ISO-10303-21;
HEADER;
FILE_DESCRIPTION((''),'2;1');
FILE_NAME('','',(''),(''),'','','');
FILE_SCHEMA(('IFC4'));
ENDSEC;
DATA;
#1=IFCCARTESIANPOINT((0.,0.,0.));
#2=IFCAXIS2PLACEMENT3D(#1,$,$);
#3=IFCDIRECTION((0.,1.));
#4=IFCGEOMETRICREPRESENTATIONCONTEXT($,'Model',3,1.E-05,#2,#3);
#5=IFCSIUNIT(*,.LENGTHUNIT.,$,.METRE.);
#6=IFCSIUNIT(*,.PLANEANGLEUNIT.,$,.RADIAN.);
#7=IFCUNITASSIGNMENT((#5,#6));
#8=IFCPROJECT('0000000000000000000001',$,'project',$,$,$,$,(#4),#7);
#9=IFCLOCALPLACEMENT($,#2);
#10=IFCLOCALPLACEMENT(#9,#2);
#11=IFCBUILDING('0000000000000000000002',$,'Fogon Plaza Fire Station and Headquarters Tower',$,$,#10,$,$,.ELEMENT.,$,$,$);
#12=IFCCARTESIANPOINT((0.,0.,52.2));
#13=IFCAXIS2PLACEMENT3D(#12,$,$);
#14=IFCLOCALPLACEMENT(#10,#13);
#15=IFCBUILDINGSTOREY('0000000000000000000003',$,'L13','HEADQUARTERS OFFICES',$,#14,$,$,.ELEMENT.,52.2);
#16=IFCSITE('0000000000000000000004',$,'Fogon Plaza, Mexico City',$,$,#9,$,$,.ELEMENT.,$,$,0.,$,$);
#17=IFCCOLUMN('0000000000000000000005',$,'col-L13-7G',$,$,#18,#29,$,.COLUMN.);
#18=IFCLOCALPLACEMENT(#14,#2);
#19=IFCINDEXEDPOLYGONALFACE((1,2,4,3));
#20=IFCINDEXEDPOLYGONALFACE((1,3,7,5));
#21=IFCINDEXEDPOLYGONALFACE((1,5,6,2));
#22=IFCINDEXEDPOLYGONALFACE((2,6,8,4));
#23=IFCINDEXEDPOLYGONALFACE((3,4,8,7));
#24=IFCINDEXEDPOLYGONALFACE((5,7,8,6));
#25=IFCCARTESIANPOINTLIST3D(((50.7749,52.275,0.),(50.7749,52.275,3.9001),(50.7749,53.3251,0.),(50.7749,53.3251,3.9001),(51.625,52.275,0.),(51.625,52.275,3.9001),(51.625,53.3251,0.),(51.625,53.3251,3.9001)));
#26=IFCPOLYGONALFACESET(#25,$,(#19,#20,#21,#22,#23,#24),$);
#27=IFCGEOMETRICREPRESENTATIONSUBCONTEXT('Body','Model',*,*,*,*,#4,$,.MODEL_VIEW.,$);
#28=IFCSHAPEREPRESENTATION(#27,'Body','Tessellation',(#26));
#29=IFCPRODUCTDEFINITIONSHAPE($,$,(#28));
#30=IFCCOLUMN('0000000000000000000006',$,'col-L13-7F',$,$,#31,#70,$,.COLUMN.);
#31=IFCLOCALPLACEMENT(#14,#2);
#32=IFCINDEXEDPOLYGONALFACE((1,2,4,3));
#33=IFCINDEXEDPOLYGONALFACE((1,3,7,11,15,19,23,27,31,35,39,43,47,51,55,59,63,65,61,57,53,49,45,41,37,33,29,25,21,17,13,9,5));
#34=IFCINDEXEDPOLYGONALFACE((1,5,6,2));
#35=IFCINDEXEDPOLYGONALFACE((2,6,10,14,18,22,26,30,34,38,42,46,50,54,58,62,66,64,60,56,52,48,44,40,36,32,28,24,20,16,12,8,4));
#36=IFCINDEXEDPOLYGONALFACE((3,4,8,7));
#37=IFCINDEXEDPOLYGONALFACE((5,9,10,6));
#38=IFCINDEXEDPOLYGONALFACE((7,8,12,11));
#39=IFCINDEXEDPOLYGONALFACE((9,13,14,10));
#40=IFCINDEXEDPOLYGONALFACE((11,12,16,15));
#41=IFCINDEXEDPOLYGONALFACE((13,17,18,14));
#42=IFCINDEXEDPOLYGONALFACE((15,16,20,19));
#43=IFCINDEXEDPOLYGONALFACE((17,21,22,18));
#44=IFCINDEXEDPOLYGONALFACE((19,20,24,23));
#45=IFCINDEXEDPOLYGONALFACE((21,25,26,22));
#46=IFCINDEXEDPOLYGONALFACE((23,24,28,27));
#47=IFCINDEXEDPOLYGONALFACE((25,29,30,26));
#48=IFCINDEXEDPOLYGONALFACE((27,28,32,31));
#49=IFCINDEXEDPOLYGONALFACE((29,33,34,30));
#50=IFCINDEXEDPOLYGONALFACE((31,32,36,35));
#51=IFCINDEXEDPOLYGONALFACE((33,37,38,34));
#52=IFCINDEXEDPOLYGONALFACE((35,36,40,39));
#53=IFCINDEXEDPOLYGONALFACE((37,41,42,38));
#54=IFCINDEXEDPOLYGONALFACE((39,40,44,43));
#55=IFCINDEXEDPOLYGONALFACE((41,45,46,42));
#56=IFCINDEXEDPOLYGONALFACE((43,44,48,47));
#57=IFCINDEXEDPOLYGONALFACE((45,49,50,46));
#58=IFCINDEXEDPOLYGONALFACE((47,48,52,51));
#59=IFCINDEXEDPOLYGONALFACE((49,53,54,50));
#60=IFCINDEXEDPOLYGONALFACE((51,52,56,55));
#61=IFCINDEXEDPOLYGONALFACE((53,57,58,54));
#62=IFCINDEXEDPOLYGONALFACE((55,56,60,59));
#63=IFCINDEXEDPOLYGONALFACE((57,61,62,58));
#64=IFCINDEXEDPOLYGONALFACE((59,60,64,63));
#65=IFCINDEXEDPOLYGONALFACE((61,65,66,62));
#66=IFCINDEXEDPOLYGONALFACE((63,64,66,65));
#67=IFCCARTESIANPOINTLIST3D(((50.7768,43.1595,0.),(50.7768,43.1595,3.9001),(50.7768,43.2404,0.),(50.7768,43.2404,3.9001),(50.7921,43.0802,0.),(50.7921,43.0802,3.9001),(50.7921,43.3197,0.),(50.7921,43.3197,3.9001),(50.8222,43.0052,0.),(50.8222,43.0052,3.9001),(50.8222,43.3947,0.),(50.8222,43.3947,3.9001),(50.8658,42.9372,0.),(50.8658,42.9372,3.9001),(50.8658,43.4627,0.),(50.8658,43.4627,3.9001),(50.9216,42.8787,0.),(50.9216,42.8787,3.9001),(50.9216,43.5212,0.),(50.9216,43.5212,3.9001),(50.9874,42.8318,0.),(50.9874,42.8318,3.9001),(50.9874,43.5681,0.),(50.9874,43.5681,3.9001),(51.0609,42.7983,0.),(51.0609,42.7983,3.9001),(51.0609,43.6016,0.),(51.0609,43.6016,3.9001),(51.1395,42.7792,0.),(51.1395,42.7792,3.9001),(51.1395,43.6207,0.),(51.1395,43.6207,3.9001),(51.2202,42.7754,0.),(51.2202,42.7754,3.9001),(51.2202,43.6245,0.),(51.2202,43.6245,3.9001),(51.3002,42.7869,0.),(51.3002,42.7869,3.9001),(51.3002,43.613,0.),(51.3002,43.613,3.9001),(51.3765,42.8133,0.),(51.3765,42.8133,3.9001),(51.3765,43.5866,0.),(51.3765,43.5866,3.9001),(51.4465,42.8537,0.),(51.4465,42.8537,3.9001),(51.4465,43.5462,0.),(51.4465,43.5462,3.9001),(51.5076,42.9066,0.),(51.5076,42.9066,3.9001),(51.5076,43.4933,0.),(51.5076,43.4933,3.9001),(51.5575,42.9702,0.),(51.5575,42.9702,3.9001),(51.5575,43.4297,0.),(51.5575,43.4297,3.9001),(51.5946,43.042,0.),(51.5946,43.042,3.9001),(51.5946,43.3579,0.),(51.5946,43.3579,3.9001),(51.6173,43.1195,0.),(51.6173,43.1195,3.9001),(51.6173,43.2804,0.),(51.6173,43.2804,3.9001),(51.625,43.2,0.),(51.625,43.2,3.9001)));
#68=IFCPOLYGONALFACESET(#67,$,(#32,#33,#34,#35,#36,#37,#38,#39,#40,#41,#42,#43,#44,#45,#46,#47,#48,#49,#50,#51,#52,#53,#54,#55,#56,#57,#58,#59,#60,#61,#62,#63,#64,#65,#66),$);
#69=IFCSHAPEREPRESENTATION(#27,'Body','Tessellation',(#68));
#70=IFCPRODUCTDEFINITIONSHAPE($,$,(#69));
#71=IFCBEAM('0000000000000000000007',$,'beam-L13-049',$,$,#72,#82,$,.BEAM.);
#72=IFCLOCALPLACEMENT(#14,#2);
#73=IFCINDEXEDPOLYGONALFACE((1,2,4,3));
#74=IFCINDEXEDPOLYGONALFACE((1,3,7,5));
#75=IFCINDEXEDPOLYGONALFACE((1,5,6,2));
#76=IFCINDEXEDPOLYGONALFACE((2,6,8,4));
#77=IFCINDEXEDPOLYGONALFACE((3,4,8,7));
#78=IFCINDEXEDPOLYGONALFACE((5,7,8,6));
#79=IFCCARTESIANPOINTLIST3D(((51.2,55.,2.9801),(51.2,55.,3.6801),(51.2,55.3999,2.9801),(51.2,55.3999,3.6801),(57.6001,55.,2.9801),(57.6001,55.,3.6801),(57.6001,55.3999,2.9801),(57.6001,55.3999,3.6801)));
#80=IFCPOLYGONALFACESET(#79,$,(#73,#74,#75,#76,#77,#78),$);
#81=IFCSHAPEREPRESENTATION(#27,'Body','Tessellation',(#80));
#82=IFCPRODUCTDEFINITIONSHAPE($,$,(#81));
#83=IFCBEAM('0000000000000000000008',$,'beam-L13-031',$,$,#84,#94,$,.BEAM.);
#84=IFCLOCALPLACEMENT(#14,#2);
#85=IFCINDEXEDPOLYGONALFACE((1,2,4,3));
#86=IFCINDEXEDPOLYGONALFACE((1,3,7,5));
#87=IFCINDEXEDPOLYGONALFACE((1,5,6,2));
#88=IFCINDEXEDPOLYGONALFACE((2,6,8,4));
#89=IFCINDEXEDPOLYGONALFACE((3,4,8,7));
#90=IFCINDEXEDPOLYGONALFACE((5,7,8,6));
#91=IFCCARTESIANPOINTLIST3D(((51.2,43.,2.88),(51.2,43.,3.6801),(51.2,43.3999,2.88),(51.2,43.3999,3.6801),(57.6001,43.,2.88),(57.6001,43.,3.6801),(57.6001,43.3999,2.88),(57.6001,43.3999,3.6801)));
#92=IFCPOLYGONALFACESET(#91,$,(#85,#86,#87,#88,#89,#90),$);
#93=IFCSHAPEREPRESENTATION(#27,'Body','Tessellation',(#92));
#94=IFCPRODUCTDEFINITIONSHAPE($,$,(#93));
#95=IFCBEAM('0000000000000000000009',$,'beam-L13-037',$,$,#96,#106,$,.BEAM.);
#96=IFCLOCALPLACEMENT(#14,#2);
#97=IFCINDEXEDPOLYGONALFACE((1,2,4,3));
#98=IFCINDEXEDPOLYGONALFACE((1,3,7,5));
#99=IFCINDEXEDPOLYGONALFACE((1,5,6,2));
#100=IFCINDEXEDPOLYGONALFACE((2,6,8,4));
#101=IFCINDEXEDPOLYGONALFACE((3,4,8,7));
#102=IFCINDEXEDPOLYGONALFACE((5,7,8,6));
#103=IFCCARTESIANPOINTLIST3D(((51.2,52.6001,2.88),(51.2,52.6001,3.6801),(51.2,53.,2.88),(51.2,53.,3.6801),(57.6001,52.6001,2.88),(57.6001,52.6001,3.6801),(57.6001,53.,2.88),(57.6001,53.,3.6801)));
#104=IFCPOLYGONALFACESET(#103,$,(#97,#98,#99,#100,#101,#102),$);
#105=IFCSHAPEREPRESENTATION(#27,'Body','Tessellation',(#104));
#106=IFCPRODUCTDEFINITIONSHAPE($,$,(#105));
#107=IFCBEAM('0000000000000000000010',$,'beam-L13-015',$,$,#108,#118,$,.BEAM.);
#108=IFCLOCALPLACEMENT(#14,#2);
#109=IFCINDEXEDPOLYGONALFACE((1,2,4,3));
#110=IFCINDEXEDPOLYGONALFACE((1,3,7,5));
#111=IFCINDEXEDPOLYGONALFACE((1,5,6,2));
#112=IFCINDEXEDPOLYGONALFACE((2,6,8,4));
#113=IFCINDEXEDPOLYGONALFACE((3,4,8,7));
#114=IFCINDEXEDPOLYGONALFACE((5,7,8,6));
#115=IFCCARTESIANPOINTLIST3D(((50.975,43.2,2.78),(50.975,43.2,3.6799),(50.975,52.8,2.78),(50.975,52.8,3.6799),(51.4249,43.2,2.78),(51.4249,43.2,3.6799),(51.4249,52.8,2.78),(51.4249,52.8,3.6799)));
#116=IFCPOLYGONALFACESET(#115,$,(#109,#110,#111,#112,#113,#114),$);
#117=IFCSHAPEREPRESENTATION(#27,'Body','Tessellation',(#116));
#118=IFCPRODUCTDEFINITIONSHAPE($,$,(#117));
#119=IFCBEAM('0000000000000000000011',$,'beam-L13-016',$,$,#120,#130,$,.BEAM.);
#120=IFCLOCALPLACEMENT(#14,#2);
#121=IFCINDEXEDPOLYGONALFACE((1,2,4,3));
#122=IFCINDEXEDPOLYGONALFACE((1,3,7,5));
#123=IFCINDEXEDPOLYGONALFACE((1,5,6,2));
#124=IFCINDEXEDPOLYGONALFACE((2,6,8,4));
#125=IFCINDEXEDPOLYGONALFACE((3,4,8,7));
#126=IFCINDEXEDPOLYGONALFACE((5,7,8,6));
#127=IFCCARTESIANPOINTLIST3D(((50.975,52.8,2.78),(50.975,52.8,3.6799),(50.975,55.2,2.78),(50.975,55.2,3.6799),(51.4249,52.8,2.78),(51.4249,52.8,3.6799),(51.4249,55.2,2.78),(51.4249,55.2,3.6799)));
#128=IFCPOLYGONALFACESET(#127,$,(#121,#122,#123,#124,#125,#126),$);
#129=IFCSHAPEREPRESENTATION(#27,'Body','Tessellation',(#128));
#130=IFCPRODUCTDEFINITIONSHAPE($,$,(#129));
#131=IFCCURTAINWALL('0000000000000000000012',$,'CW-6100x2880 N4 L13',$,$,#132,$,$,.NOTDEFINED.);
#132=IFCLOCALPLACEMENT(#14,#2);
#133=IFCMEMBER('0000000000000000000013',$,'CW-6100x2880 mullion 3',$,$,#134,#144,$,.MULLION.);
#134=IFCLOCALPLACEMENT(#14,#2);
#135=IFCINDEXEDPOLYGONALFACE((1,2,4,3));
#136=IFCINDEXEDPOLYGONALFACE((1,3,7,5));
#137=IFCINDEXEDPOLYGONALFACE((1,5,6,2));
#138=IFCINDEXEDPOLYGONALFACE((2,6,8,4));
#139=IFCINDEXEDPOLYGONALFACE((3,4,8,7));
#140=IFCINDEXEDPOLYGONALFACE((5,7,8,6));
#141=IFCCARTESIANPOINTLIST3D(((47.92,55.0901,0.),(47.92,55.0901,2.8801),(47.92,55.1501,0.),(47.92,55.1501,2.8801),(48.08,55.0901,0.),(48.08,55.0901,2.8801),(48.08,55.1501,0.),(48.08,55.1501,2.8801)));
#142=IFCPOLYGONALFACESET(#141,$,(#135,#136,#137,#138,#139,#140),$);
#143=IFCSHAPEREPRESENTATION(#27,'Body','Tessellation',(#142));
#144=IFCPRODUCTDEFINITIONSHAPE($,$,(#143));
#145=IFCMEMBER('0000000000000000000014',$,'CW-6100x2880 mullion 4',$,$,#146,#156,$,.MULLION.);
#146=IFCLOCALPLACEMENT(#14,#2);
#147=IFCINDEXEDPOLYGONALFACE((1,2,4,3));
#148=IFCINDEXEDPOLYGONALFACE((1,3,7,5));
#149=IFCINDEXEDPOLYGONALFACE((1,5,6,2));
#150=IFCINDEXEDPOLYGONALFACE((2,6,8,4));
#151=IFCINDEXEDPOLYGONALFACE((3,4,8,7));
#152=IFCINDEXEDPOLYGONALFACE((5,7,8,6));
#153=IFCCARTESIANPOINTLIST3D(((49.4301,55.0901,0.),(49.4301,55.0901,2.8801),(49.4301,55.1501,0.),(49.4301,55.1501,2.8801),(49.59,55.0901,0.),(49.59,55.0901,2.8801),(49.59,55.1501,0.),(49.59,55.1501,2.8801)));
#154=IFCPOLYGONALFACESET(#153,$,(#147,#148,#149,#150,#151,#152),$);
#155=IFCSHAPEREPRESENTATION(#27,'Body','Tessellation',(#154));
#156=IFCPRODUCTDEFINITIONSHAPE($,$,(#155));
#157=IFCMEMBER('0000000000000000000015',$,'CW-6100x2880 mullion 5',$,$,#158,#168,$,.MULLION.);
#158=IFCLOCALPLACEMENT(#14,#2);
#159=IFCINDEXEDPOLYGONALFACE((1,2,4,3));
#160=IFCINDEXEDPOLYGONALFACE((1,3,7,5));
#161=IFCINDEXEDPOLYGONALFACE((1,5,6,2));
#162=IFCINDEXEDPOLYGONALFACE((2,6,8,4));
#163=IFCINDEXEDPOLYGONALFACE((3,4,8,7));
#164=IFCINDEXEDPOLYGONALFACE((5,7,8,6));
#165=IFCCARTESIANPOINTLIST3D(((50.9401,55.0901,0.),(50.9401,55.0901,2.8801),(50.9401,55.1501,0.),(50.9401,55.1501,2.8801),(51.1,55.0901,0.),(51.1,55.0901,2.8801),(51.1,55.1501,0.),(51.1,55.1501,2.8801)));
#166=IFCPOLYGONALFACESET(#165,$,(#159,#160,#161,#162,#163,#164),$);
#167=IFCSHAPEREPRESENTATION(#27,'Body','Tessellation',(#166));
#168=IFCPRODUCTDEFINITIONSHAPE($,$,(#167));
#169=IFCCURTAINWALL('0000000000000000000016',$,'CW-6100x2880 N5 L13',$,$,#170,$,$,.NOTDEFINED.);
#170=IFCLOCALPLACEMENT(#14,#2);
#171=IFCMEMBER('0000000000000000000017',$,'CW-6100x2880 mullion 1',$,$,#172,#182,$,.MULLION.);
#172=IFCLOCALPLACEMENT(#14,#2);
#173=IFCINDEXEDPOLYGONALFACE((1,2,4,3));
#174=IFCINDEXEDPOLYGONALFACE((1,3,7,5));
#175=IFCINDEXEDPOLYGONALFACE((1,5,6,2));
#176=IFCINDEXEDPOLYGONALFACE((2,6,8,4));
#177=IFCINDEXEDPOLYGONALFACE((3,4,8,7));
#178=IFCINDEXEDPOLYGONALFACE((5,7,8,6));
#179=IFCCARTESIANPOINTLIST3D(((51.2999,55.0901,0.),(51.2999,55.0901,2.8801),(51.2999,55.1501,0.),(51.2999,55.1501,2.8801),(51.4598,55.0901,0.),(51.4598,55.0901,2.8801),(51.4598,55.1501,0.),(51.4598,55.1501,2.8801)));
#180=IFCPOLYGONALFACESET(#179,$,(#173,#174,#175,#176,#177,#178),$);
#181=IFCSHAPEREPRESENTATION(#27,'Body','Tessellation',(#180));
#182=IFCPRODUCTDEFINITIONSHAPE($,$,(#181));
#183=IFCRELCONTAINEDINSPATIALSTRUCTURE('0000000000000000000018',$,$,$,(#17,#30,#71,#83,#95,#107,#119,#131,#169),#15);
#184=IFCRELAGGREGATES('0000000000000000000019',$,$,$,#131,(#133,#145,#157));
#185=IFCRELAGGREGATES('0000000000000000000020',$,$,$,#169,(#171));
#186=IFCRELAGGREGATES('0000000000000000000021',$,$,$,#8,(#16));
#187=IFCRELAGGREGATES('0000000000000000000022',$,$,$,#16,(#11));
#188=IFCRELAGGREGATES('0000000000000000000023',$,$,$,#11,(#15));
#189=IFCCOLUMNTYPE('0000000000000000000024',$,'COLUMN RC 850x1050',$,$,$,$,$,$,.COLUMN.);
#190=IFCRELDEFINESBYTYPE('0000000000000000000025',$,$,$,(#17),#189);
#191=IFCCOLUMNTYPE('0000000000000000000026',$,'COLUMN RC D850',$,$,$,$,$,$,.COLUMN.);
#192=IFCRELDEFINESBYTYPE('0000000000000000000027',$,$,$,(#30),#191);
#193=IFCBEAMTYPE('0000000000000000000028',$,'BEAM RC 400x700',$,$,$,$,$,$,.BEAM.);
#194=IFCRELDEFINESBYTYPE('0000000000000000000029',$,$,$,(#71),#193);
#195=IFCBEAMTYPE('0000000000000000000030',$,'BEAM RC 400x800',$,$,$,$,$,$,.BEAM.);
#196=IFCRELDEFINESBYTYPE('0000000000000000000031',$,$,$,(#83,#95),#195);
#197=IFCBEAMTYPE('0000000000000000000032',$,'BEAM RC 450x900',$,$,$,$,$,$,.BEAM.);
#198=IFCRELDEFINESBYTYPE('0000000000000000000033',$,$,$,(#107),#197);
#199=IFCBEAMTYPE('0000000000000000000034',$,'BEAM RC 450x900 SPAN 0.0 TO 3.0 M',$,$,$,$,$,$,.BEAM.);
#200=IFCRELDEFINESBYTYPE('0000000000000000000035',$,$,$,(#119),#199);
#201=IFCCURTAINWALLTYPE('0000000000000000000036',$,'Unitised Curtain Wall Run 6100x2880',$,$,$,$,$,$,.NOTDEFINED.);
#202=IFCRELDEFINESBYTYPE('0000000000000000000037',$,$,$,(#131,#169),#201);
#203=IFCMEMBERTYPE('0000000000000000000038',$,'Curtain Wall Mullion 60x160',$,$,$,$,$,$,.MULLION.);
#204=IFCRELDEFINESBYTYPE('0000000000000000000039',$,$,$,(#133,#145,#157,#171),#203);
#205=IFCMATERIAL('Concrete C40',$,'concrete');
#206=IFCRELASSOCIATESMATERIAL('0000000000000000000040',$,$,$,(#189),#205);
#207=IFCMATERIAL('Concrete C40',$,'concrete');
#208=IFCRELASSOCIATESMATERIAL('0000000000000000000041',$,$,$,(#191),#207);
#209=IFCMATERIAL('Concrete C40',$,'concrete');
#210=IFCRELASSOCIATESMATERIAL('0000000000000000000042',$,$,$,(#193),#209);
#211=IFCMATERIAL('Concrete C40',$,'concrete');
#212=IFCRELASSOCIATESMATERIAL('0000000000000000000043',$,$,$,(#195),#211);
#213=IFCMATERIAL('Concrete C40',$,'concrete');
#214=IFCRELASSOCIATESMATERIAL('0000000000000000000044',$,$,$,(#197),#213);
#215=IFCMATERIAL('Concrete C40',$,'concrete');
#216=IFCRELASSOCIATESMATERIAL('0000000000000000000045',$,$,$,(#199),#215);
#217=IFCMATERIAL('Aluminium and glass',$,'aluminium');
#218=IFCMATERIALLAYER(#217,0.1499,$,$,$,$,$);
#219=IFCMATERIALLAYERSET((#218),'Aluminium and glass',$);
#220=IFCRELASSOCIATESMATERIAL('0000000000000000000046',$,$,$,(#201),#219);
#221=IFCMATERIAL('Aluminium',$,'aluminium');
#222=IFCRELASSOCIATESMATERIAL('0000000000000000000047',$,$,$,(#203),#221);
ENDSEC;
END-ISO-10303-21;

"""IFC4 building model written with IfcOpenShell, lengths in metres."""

from ifc_helpers import new_model, si_unit, direction, frame, origin, origin_2d, place, context, subcontext, project, spatial, rectangle, circle, extrude, material, layer, layer_set, material_profile, profile_set, type_object, element, aggregate, save


model = new_model("IFC4")

# Units and contexts
model_context = context("Model", 3, precision=1e-05, world=origin(), true_north=direction((0.0, 1.0)))
body_context = subcontext(model_context, "Body", "Model", "MODEL_VIEW")
ifc_project = project(units=[si_unit("LENGTHUNIT", "METRE"), si_unit("PLANEANGLEUNIT", "RADIAN")], contexts=[model_context])

# Site, building, storey
site_placement = place(None, origin())
site = spatial("IfcSite", under=ifc_project, at=site_placement, Name="Fogon Plaza, Mexico City", CompositionType="ELEMENT", RefElevation=0.0)
building_placement = place(site_placement, origin())
building = spatial("IfcBuilding", under=site, at=building_placement, Name="Fogon Plaza Fire Station and Headquarters Tower", CompositionType="ELEMENT")
storey_placement = place(building_placement, frame((0.0, 0.0, 52.2)))
storey = spatial("IfcBuildingStorey", under=building, at=storey_placement, Name="L13", Description="HEADQUARTERS OFFICES", CompositionType="ELEMENT", Elevation=52.2)

# Columns
ifc_material_1 = material(Name="Concrete C40", Category="concrete")
ifc_material_profile_1 = material_profile(ifc_material_1, rectangle(XDim=0.8501, YDim=1.05, at=origin_2d()), Name="RC 850x1050")
ifc_profile_set_1 = profile_set([ifc_material_profile_1], Name="Concrete C40")
column_type_1 = type_object("IfcColumnType", Name="COLUMN RC 850x1050", PredefinedType="COLUMN", material=ifc_profile_set_1)
column_1_placement = place(storey_placement, frame((51.2, 52.8, 0.0), z_axis=(0.0, 0.0, 1.0), x_axis=(1.0, 0.0, 0.0)))
element("IfcColumn", 1, at=column_1_placement, inside=storey, type_object=column_type_1, Name="col-L13-7G", PredefinedType="COLUMN", context=body_context, shape_type="SweptSolid", body=[
    extrude(rectangle(XDim=0.8501, YDim=1.05, at=origin_2d()), origin(), (0.0, 0.0, 1.0), 3.9001),
])
ifc_material_2 = material(Name="Concrete C40", Category="concrete")
ifc_material_profile_2 = material_profile(ifc_material_2, circle(Radius=0.425, at=origin_2d()), Name="RC D850")
ifc_profile_set_2 = profile_set([ifc_material_profile_2], Name="Concrete C40")
column_type_2 = type_object("IfcColumnType", Name="COLUMN RC D850", PredefinedType="COLUMN", material=ifc_profile_set_2)
column_2_placement = place(storey_placement, frame((51.2, 43.2, 0.0), z_axis=(0.0, 0.0, 1.0), x_axis=(1.0, 0.0, 0.0)))
element("IfcColumn", 2, at=column_2_placement, inside=storey, type_object=column_type_2, Name="col-L13-7F", PredefinedType="COLUMN", context=body_context, shape_type="SweptSolid", body=[
    extrude(circle(Radius=0.425, at=origin_2d()), origin(), (0.0, 0.0, 1.0), 3.9001),
])

# Beams
ifc_material_3 = material(Name="Concrete C40", Category="concrete")
ifc_material_profile_3 = material_profile(ifc_material_3, rectangle(XDim=0.3999, YDim=0.7, at=origin_2d()), Name="RC 400x700")
ifc_profile_set_3 = profile_set([ifc_material_profile_3], Name="Concrete C40")
beam_type_1 = type_object("IfcBeamType", Name="BEAM RC 400x700", PredefinedType="BEAM", material=ifc_profile_set_3)
beam_1_placement = place(storey_placement, frame((51.2, 55.2, 3.3301), z_axis=(1.0, 0.0, 0.0), x_axis=(0.0, 1.0, 0.0)))
element("IfcBeam", 3, at=beam_1_placement, inside=storey, type_object=beam_type_1, Name="beam-L13-049", PredefinedType="BEAM", context=body_context, shape_type="SweptSolid", body=[
    extrude(rectangle(XDim=0.3999, YDim=0.7, at=origin_2d()), origin(), (0.0, 0.0, 1.0), 6.4001),
])
ifc_material_4 = material(Name="Concrete C40", Category="concrete")
ifc_material_profile_4 = material_profile(ifc_material_4, rectangle(XDim=0.3999, YDim=0.8, at=origin_2d()), Name="RC 400x800")
ifc_profile_set_4 = profile_set([ifc_material_profile_4], Name="Concrete C40")
beam_type_2 = type_object("IfcBeamType", Name="BEAM RC 400x800", PredefinedType="BEAM", material=ifc_profile_set_4)
for number, where, z_axis, x_axis, name in (
    (4, (51.2, 43.2, 3.28), (1.0, 0.0, 0.0), (0.0, 1.0, 0.0), "beam-L13-031"),
    (5, (51.2, 52.8, 3.28), (1.0, 0.0, 0.0), (0.0, 1.0, 0.0), "beam-L13-037"),
):
    element("IfcBeam", number, at=place(storey_placement, frame(where, z_axis=z_axis, x_axis=x_axis)), inside=storey, type_object=beam_type_2, Name=name, PredefinedType="BEAM", context=body_context, shape_type="SweptSolid", body=[
        extrude(rectangle(XDim=0.3999, YDim=0.8, at=origin_2d()), origin(), (0.0, 0.0, 1.0), 6.4001),
    ])
ifc_material_5 = material(Name="Concrete C40", Category="concrete")
ifc_material_profile_5 = material_profile(ifc_material_5, rectangle(XDim=0.45, YDim=0.8999, at=origin_2d()), Name="RC 450x900")
ifc_profile_set_5 = profile_set([ifc_material_profile_5], Name="Concrete C40")
beam_type_3 = type_object("IfcBeamType", Name="BEAM RC 450x900", PredefinedType="BEAM", material=ifc_profile_set_5)
beam_2_placement = place(storey_placement, frame((51.2, 43.2, 3.23), z_axis=(0.0, 1.0, 0.0), x_axis=(-1.0, 0.0, 0.0)))
element("IfcBeam", 6, at=beam_2_placement, inside=storey, type_object=beam_type_3, Name="beam-L13-015", PredefinedType="BEAM", context=body_context, shape_type="SweptSolid", body=[
    extrude(rectangle(XDim=0.45, YDim=0.8999, at=origin_2d()), origin(), (0.0, 0.0, 1.0), 9.6001),
])
ifc_material_6 = material(Name="Concrete C40", Category="concrete")
ifc_material_profile_6 = material_profile(ifc_material_6, rectangle(XDim=0.45, YDim=0.8999, at=origin_2d()), Name="RC 450x900")
ifc_profile_set_6 = profile_set([ifc_material_profile_6], Name="Concrete C40")
beam_type_4 = type_object("IfcBeamType", Name="BEAM RC 450x900 SPAN 0.0 TO 3.0 M", PredefinedType="BEAM", material=ifc_profile_set_6)
beam_3_placement = place(storey_placement, frame((51.2, 52.8, 3.23), z_axis=(0.0, 1.0, 0.0), x_axis=(-1.0, 0.0, 0.0)))
element("IfcBeam", 7, at=beam_3_placement, inside=storey, type_object=beam_type_4, Name="beam-L13-016", PredefinedType="BEAM", context=body_context, shape_type="SweptSolid", body=[
    extrude(rectangle(XDim=0.45, YDim=0.8999, at=origin_2d()), origin(), (0.0, 0.0, 1.0), 2.3999),
])

# Curtain walls, members
ifc_material_7 = material(Name="Aluminium and glass", Category="aluminium")
ifc_layer_1 = layer(ifc_material_7, 0.1499)
ifc_layer_set_1 = layer_set([ifc_layer_1], Name="Aluminium and glass")
curtain_wall_type = type_object("IfcCurtainWallType", Name="Unitised Curtain Wall Run 6100x2880", PredefinedType="NOTDEFINED", material=ifc_layer_set_1)
curtain_wall_1_placement = place(storey_placement, origin())
curtain_wall_1 = element("IfcCurtainWall", 8, at=curtain_wall_1_placement, inside=storey, type_object=curtain_wall_type, Name="CW-6100x2880 N4 L13", PredefinedType="NOTDEFINED")
ifc_material_8 = material(Name="Aluminium", Category="aluminium")
ifc_material_profile_7 = material_profile(ifc_material_8, rectangle(XDim=0.0601, YDim=0.1599, at=origin_2d()), Name="Curtain Wall Mullion 60x160")
ifc_profile_set_7 = profile_set([ifc_material_profile_7], Name="Aluminium")
member_type_1 = type_object("IfcMemberType", Name="Curtain Wall Mullion 60x160", PredefinedType="MULLION", material=ifc_profile_set_7)
member_1_placement = place(storey_placement, frame((48.0, 55.1201, 0.0), z_axis=(0.0, 0.0, 1.0), x_axis=(0.0, 1.0, 0.0)))
member_1 = element("IfcMember", 9, at=member_1_placement, type_object=member_type_1, Name="CW-6100x2880 mullion 3", PredefinedType="MULLION", context=body_context, shape_type="SweptSolid", body=[
    extrude(rectangle(XDim=0.0601, YDim=0.1599, at=origin_2d()), origin(), (0.0, 0.0, 1.0), 2.8801),
])
member_2_placement = place(storey_placement, frame((49.51, 55.1201, 0.0), z_axis=(0.0, 0.0, 1.0), x_axis=(0.0, 1.0, 0.0)))
member_2 = element("IfcMember", 10, at=member_2_placement, type_object=member_type_1, Name="CW-6100x2880 mullion 4", PredefinedType="MULLION", context=body_context, shape_type="SweptSolid", body=[
    extrude(rectangle(XDim=0.0601, YDim=0.1599, at=origin_2d()), origin(), (0.0, 0.0, 1.0), 2.8801),
])
member_3_placement = place(storey_placement, frame((51.02, 55.1201, 0.0), z_axis=(0.0, 0.0, 1.0), x_axis=(0.0, 1.0, 0.0)))
member_3 = element("IfcMember", 11, at=member_3_placement, type_object=member_type_1, Name="CW-6100x2880 mullion 5", PredefinedType="MULLION", context=body_context, shape_type="SweptSolid", body=[
    extrude(rectangle(XDim=0.0601, YDim=0.1599, at=origin_2d()), origin(), (0.0, 0.0, 1.0), 2.8801),
])
curtain_wall_2_placement = place(storey_placement, origin())
curtain_wall_2 = element("IfcCurtainWall", 12, at=curtain_wall_2_placement, inside=storey, type_object=curtain_wall_type, Name="CW-6100x2880 N5 L13", PredefinedType="NOTDEFINED")
member_4_placement = place(storey_placement, frame((51.3799, 55.1201, 0.0), z_axis=(0.0, 0.0, 1.0), x_axis=(0.0, 1.0, 0.0)))
member_4 = element("IfcMember", 13, at=member_4_placement, type_object=member_type_1, Name="CW-6100x2880 mullion 1", PredefinedType="MULLION", context=body_context, shape_type="SweptSolid", body=[
    extrude(rectangle(XDim=0.0601, YDim=0.1599, at=origin_2d()), origin(), (0.0, 0.0, 1.0), 2.8801),
])

aggregate(curtain_wall_1, [member_1, member_2, member_3])
aggregate(curtain_wall_2, [member_4])

save(model, "model.ifc")
